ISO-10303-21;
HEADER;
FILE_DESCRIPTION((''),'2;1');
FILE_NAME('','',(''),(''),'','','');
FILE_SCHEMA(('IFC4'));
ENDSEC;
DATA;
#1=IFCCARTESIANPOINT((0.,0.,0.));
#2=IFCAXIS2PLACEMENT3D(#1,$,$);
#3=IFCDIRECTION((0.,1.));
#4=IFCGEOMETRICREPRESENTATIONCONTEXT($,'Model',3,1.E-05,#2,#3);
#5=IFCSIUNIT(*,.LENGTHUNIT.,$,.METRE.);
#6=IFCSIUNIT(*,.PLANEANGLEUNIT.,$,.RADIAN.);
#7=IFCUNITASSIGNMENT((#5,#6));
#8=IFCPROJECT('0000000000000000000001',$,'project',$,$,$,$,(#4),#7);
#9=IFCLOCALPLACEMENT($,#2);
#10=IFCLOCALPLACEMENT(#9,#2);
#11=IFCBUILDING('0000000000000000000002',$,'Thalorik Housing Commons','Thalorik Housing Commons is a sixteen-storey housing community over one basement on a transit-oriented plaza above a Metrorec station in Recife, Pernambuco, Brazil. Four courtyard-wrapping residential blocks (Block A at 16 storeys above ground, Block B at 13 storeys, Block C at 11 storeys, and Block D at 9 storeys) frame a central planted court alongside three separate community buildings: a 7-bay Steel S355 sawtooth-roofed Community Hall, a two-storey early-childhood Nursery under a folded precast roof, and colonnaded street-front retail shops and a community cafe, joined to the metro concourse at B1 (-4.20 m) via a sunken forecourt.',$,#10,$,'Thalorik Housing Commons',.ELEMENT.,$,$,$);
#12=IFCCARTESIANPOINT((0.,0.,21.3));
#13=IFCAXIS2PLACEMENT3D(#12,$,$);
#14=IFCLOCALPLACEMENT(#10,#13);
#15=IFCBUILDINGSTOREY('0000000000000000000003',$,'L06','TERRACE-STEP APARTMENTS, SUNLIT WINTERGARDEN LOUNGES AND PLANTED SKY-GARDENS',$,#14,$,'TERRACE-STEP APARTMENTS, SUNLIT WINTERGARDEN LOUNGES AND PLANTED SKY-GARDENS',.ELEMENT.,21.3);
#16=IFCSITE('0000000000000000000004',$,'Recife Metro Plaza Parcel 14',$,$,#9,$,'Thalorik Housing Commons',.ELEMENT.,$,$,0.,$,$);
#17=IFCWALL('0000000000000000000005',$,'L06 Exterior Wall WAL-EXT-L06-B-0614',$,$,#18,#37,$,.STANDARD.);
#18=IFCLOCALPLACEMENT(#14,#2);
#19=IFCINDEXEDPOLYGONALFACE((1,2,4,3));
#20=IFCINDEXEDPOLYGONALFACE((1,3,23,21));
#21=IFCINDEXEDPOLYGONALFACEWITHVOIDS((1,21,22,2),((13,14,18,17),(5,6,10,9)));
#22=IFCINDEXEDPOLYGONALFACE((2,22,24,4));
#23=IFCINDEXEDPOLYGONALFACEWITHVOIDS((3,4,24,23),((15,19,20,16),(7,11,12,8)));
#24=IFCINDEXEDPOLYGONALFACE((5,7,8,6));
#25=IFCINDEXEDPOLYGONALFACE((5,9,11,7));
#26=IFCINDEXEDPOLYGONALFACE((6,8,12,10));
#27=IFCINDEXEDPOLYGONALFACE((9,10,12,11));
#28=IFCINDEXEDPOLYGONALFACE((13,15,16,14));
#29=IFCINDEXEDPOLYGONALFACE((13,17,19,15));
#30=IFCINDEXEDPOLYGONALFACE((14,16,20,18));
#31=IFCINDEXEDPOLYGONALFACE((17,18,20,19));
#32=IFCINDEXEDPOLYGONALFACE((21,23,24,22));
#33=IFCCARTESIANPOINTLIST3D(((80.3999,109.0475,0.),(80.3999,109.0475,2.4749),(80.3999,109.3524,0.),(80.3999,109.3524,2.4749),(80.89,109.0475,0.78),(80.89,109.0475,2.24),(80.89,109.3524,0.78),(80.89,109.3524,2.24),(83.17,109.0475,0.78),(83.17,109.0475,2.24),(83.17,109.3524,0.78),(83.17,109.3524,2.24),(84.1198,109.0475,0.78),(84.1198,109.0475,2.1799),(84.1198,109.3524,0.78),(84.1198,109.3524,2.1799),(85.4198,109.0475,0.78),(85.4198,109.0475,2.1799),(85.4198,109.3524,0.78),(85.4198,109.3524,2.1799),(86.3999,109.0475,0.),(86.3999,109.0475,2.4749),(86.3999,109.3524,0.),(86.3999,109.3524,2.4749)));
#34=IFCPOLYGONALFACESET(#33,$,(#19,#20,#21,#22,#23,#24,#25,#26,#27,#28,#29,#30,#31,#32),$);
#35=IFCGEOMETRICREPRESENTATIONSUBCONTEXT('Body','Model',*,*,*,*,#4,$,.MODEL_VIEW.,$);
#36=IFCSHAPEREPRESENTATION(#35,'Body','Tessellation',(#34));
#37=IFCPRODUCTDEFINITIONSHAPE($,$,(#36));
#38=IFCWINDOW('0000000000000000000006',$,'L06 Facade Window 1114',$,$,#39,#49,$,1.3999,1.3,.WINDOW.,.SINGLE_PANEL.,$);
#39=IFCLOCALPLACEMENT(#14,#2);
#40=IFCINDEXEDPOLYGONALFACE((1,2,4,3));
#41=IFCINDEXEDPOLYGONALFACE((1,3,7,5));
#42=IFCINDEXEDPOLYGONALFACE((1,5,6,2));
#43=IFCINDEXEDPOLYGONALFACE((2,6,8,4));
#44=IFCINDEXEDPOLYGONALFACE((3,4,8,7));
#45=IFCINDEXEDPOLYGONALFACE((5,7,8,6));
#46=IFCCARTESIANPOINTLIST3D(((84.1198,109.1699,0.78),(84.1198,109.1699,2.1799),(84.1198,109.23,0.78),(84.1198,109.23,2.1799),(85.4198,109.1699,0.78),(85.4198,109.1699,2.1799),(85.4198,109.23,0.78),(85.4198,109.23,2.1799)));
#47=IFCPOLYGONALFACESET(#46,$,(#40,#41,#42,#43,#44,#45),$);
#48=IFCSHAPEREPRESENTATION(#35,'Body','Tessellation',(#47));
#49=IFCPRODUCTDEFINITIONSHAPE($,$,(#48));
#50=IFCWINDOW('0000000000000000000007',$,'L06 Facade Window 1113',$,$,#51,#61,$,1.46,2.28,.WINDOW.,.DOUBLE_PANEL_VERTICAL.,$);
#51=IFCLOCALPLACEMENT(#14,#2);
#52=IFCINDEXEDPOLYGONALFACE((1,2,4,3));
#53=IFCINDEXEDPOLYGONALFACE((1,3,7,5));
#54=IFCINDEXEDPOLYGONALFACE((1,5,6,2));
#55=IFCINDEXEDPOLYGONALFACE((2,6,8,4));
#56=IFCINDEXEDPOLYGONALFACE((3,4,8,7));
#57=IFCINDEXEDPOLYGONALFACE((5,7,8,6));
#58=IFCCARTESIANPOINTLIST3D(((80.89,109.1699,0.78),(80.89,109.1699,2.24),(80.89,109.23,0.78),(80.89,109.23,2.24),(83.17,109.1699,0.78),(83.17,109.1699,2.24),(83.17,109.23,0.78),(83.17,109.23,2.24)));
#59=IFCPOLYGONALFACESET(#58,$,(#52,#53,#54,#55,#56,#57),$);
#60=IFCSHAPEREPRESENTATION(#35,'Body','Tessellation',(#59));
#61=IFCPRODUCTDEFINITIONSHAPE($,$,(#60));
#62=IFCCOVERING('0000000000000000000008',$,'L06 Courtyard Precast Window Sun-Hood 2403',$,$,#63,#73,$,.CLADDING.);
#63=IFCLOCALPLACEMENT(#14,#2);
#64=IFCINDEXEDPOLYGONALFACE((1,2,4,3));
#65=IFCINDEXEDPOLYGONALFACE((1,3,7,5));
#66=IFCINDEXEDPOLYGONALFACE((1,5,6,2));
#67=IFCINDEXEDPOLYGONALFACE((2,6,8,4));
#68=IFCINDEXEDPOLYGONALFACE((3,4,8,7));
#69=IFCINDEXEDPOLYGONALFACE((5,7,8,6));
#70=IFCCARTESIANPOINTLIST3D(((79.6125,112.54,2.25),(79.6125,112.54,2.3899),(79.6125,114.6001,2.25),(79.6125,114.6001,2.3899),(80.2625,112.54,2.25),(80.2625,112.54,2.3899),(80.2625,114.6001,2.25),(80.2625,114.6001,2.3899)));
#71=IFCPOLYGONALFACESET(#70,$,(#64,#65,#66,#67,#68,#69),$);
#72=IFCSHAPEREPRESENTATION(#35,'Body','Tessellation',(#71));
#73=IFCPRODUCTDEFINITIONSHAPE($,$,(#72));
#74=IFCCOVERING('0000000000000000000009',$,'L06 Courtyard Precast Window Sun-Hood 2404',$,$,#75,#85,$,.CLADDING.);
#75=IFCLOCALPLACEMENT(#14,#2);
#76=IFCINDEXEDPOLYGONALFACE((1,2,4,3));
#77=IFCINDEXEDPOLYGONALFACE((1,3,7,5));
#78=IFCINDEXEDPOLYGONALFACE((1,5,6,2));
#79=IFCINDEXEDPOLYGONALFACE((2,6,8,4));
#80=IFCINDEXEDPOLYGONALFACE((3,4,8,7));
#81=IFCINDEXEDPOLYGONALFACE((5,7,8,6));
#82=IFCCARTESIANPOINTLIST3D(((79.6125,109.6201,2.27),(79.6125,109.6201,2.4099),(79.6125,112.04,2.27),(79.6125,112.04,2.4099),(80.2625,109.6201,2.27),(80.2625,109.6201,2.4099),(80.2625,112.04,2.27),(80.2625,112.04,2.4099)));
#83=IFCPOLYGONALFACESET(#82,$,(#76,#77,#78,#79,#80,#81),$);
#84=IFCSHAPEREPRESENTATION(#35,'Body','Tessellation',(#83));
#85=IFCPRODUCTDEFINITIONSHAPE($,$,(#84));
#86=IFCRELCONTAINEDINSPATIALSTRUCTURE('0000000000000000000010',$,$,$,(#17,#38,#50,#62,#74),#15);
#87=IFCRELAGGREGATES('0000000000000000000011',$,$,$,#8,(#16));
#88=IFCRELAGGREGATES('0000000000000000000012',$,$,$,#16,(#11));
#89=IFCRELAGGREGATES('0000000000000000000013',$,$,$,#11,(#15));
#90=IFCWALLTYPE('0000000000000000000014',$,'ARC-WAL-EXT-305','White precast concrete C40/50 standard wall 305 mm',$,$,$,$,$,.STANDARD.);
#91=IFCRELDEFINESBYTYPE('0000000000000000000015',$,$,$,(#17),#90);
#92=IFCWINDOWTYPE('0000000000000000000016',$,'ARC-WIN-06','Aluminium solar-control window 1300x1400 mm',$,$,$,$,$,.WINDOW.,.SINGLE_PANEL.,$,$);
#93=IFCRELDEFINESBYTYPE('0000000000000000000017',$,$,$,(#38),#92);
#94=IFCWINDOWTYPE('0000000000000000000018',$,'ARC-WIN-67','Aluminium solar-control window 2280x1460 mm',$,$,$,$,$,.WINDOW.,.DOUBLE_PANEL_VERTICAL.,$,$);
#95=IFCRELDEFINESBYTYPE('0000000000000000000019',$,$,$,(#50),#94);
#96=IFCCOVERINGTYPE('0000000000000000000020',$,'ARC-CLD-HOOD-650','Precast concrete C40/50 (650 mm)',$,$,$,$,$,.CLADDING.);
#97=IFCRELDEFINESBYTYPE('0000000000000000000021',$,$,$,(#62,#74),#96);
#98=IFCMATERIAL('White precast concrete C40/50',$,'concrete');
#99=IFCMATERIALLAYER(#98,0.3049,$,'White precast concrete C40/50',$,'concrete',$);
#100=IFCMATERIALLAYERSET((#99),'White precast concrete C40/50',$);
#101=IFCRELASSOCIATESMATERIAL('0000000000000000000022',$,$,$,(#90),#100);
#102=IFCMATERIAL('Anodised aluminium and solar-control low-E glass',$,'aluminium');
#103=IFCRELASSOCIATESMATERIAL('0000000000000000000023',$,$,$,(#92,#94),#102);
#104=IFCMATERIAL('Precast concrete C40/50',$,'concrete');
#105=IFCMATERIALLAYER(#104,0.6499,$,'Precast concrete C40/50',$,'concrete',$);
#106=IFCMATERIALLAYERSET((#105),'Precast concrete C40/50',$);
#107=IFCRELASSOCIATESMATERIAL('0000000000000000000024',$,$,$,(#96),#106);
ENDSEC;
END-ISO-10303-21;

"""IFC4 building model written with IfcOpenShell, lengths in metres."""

from ifc_helpers import new_model, si_unit, direction, frame, frame_2d, origin, origin_2d, place, context, subcontext, project, spatial, rectangle, extrude, material, layer, layer_set, type_object, element, fill, save


model = new_model("IFC4")

# Units and contexts
model_context = context("Model", 3, precision=1e-05, world=origin(), true_north=direction((0.0, 1.0)))
body_context = subcontext(model_context, "Body", "Model", "MODEL_VIEW")
ifc_project = project(units=[si_unit("LENGTHUNIT", "METRE"), si_unit("PLANEANGLEUNIT", "RADIAN")], contexts=[model_context])

# Site, building, storey
site_placement = place(None, origin())
site = spatial("IfcSite", under=ifc_project, at=site_placement, Name="Recife Metro Plaza Parcel 14", LongName="Thalorik Housing Commons", CompositionType="ELEMENT", RefElevation=0.0)
building_placement = place(site_placement, origin())
building = spatial("IfcBuilding", under=site, at=building_placement, Name="Thalorik Housing Commons", Description="Thalorik Housing Commons is a sixteen-storey housing community over one basement on a transit-oriented plaza above a Metrorec station in Recife, Pernambuco, Brazil. Four courtyard-wrapping residential blocks (Block A at 16 storeys above ground, Block B at 13 storeys, Block C at 11 storeys, and Block D at 9 storeys) frame a central planted court alongside three separate community buildings: a 7-bay Steel S355 sawtooth-roofed Community Hall, a two-storey early-childhood Nursery under a folded precast roof, and colonnaded street-front retail shops and a community cafe, joined to the metro concourse at B1 (-4.20 m) via a sunken forecourt.", LongName="Thalorik Housing Commons", CompositionType="ELEMENT")
storey_placement = place(building_placement, frame((0.0, 0.0, 21.3)))
storey = spatial("IfcBuildingStorey", under=building, at=storey_placement, Name="L06", Description="TERRACE-STEP APARTMENTS, SUNLIT WINTERGARDEN LOUNGES AND PLANTED SKY-GARDENS", LongName="TERRACE-STEP APARTMENTS, SUNLIT WINTERGARDEN LOUNGES AND PLANTED SKY-GARDENS", CompositionType="ELEMENT", Elevation=21.3)

# Shared definitions
ifc_material_1 = material(Name="Precast concrete C40/50", Category="concrete")

# Wall, openings, windows
ifc_material_2 = material(Name="White precast concrete C40/50", Category="concrete")
ifc_layer_1 = layer(ifc_material_2, 0.3049, Name="White precast concrete C40/50", Category="concrete")
ifc_layer_set_1 = layer_set([ifc_layer_1], Name="White precast concrete C40/50")
wall_type_1 = type_object("IfcWallType", Name="ARC-WAL-EXT-305", Description="White precast concrete C40/50 standard wall 305 mm", PredefinedType="STANDARD", material=ifc_layer_set_1)
ifc_material_3 = material(Name="Anodised aluminium and solar-control low-E glass", Category="aluminium")
wall_1_placement = place(storey_placement, frame((80.3999, 109.2, 0.0), z_axis=(0.0, 0.0, 1.0), x_axis=(1.0, 0.0, 0.0)))
wall_1 = element("IfcWall", 1, at=wall_1_placement, inside=storey, type_object=wall_type_1, Name="L06 Exterior Wall WAL-EXT-L06-B-0614", PredefinedType="STANDARD", context=body_context, shape_type="SweptSolid", body=[
    extrude(rectangle(XDim=6.0, YDim=0.3049, at=frame_2d((3.0, 0.0))), origin(), (0.0, 0.0, 1.0), 2.4749),
])
opening_1_placement = place(wall_1_placement, frame((0.49, 0.0, 0.78)))
opening_1 = element("IfcOpeningElement", 2, at=opening_1_placement, cuts=wall_1, PredefinedType="OPENING", context=body_context, shape_type="SweptSolid", body=[
    extrude(rectangle(XDim=2.28, YDim=1.46, at=frame_2d((1.1401, 0.73))), frame((0.0, 0.1626, 0.0), z_axis=(0.0, -1.0, 0.0), x_axis=(1.0, 0.0, 0.0)), (0.0, 0.0, 1.0), 0.325),
])
opening_2_placement = place(wall_1_placement, frame((3.72, 0.0, 0.78)))
opening_2 = element("IfcOpeningElement", 3, at=opening_2_placement, cuts=wall_1, PredefinedType="OPENING", context=body_context, shape_type="SweptSolid", body=[
    extrude(rectangle(XDim=1.3, YDim=1.3999, at=frame_2d((0.6499, 0.7))), frame((0.0, 0.1626, 0.0), z_axis=(0.0, -1.0, 0.0), x_axis=(1.0, 0.0, 0.0)), (0.0, 0.0, 1.0), 0.325),
])
window_type_1 = type_object("IfcWindowType", Name="ARC-WIN-06", Description="Aluminium solar-control window 1300x1400 mm", PartitioningType="SINGLE_PANEL", PredefinedType="WINDOW", material=ifc_material_3)
window_1_placement = place(opening_2_placement, origin())
window_1 = element("IfcWindow", 4, at=window_1_placement, inside=storey, type_object=window_type_1, Name="L06 Facade Window 1114", OverallHeight=1.3999, OverallWidth=1.3, PartitioningType="SINGLE_PANEL", PredefinedType="WINDOW", context=body_context, shape_type="SweptSolid", body=[
    extrude(rectangle(XDim=1.3, YDim=1.3999, at=frame_2d((0.6499, 0.7))), frame((0.0, 0.03, 0.0), z_axis=(0.0, -1.0, 0.0), x_axis=(1.0, 0.0, 0.0)), (0.0, 0.0, 1.0), 0.0601),
])
fill(opening_2, window_1)
window_type_2 = type_object("IfcWindowType", Name="ARC-WIN-67", Description="Aluminium solar-control window 2280x1460 mm", PartitioningType="DOUBLE_PANEL_VERTICAL", PredefinedType="WINDOW", material=ifc_material_3)
window_2_placement = place(opening_1_placement, origin())
window_2 = element("IfcWindow", 5, at=window_2_placement, inside=storey, type_object=window_type_2, Name="L06 Facade Window 1113", OverallHeight=1.46, OverallWidth=2.28, PartitioningType="DOUBLE_PANEL_VERTICAL", PredefinedType="WINDOW", context=body_context, shape_type="SweptSolid", body=[
    extrude(rectangle(XDim=2.28, YDim=1.46, at=frame_2d((1.1401, 0.73))), frame((0.0, 0.03, 0.0), z_axis=(0.0, -1.0, 0.0), x_axis=(1.0, 0.0, 0.0)), (0.0, 0.0, 1.0), 0.0601),
])
fill(opening_1, window_2)

# Coverings
ifc_layer_2 = layer(ifc_material_1, 0.6499, Name="Precast concrete C40/50", Category="concrete")
ifc_layer_set_2 = layer_set([ifc_layer_2], Name="Precast concrete C40/50")
covering_type = type_object("IfcCoveringType", Name="ARC-CLD-HOOD-650", Description="Precast concrete C40/50 (650 mm)", PredefinedType="CLADDING", material=ifc_layer_set_2)
covering_1_placement = place(storey_placement, frame((79.9375, 113.5701, 2.25), z_axis=(0.0, 0.0, 1.0), x_axis=(0.0, -1.0, 0.0)))
element("IfcCovering", 6, at=covering_1_placement, inside=storey, type_object=covering_type, Name="L06 Courtyard Precast Window Sun-Hood 2403", PredefinedType="CLADDING", context=body_context, shape_type="SweptSolid", body=[
    extrude(rectangle(XDim=2.0601, YDim=0.6499, at=origin_2d()), origin(), (0.0, 0.0, 1.0), 0.1399),
])
covering_2_placement = place(storey_placement, frame((79.9375, 110.8301, 2.27), z_axis=(0.0, 0.0, 1.0), x_axis=(0.0, -1.0, 0.0)))
element("IfcCovering", 7, at=covering_2_placement, inside=storey, type_object=covering_type, Name="L06 Courtyard Precast Window Sun-Hood 2404", PredefinedType="CLADDING", context=body_context, shape_type="SweptSolid", body=[
    extrude(rectangle(XDim=2.4199, YDim=0.6499, at=origin_2d()), origin(), (0.0, 0.0, 1.0), 0.1399),
])

save(model, "model.ifc")
